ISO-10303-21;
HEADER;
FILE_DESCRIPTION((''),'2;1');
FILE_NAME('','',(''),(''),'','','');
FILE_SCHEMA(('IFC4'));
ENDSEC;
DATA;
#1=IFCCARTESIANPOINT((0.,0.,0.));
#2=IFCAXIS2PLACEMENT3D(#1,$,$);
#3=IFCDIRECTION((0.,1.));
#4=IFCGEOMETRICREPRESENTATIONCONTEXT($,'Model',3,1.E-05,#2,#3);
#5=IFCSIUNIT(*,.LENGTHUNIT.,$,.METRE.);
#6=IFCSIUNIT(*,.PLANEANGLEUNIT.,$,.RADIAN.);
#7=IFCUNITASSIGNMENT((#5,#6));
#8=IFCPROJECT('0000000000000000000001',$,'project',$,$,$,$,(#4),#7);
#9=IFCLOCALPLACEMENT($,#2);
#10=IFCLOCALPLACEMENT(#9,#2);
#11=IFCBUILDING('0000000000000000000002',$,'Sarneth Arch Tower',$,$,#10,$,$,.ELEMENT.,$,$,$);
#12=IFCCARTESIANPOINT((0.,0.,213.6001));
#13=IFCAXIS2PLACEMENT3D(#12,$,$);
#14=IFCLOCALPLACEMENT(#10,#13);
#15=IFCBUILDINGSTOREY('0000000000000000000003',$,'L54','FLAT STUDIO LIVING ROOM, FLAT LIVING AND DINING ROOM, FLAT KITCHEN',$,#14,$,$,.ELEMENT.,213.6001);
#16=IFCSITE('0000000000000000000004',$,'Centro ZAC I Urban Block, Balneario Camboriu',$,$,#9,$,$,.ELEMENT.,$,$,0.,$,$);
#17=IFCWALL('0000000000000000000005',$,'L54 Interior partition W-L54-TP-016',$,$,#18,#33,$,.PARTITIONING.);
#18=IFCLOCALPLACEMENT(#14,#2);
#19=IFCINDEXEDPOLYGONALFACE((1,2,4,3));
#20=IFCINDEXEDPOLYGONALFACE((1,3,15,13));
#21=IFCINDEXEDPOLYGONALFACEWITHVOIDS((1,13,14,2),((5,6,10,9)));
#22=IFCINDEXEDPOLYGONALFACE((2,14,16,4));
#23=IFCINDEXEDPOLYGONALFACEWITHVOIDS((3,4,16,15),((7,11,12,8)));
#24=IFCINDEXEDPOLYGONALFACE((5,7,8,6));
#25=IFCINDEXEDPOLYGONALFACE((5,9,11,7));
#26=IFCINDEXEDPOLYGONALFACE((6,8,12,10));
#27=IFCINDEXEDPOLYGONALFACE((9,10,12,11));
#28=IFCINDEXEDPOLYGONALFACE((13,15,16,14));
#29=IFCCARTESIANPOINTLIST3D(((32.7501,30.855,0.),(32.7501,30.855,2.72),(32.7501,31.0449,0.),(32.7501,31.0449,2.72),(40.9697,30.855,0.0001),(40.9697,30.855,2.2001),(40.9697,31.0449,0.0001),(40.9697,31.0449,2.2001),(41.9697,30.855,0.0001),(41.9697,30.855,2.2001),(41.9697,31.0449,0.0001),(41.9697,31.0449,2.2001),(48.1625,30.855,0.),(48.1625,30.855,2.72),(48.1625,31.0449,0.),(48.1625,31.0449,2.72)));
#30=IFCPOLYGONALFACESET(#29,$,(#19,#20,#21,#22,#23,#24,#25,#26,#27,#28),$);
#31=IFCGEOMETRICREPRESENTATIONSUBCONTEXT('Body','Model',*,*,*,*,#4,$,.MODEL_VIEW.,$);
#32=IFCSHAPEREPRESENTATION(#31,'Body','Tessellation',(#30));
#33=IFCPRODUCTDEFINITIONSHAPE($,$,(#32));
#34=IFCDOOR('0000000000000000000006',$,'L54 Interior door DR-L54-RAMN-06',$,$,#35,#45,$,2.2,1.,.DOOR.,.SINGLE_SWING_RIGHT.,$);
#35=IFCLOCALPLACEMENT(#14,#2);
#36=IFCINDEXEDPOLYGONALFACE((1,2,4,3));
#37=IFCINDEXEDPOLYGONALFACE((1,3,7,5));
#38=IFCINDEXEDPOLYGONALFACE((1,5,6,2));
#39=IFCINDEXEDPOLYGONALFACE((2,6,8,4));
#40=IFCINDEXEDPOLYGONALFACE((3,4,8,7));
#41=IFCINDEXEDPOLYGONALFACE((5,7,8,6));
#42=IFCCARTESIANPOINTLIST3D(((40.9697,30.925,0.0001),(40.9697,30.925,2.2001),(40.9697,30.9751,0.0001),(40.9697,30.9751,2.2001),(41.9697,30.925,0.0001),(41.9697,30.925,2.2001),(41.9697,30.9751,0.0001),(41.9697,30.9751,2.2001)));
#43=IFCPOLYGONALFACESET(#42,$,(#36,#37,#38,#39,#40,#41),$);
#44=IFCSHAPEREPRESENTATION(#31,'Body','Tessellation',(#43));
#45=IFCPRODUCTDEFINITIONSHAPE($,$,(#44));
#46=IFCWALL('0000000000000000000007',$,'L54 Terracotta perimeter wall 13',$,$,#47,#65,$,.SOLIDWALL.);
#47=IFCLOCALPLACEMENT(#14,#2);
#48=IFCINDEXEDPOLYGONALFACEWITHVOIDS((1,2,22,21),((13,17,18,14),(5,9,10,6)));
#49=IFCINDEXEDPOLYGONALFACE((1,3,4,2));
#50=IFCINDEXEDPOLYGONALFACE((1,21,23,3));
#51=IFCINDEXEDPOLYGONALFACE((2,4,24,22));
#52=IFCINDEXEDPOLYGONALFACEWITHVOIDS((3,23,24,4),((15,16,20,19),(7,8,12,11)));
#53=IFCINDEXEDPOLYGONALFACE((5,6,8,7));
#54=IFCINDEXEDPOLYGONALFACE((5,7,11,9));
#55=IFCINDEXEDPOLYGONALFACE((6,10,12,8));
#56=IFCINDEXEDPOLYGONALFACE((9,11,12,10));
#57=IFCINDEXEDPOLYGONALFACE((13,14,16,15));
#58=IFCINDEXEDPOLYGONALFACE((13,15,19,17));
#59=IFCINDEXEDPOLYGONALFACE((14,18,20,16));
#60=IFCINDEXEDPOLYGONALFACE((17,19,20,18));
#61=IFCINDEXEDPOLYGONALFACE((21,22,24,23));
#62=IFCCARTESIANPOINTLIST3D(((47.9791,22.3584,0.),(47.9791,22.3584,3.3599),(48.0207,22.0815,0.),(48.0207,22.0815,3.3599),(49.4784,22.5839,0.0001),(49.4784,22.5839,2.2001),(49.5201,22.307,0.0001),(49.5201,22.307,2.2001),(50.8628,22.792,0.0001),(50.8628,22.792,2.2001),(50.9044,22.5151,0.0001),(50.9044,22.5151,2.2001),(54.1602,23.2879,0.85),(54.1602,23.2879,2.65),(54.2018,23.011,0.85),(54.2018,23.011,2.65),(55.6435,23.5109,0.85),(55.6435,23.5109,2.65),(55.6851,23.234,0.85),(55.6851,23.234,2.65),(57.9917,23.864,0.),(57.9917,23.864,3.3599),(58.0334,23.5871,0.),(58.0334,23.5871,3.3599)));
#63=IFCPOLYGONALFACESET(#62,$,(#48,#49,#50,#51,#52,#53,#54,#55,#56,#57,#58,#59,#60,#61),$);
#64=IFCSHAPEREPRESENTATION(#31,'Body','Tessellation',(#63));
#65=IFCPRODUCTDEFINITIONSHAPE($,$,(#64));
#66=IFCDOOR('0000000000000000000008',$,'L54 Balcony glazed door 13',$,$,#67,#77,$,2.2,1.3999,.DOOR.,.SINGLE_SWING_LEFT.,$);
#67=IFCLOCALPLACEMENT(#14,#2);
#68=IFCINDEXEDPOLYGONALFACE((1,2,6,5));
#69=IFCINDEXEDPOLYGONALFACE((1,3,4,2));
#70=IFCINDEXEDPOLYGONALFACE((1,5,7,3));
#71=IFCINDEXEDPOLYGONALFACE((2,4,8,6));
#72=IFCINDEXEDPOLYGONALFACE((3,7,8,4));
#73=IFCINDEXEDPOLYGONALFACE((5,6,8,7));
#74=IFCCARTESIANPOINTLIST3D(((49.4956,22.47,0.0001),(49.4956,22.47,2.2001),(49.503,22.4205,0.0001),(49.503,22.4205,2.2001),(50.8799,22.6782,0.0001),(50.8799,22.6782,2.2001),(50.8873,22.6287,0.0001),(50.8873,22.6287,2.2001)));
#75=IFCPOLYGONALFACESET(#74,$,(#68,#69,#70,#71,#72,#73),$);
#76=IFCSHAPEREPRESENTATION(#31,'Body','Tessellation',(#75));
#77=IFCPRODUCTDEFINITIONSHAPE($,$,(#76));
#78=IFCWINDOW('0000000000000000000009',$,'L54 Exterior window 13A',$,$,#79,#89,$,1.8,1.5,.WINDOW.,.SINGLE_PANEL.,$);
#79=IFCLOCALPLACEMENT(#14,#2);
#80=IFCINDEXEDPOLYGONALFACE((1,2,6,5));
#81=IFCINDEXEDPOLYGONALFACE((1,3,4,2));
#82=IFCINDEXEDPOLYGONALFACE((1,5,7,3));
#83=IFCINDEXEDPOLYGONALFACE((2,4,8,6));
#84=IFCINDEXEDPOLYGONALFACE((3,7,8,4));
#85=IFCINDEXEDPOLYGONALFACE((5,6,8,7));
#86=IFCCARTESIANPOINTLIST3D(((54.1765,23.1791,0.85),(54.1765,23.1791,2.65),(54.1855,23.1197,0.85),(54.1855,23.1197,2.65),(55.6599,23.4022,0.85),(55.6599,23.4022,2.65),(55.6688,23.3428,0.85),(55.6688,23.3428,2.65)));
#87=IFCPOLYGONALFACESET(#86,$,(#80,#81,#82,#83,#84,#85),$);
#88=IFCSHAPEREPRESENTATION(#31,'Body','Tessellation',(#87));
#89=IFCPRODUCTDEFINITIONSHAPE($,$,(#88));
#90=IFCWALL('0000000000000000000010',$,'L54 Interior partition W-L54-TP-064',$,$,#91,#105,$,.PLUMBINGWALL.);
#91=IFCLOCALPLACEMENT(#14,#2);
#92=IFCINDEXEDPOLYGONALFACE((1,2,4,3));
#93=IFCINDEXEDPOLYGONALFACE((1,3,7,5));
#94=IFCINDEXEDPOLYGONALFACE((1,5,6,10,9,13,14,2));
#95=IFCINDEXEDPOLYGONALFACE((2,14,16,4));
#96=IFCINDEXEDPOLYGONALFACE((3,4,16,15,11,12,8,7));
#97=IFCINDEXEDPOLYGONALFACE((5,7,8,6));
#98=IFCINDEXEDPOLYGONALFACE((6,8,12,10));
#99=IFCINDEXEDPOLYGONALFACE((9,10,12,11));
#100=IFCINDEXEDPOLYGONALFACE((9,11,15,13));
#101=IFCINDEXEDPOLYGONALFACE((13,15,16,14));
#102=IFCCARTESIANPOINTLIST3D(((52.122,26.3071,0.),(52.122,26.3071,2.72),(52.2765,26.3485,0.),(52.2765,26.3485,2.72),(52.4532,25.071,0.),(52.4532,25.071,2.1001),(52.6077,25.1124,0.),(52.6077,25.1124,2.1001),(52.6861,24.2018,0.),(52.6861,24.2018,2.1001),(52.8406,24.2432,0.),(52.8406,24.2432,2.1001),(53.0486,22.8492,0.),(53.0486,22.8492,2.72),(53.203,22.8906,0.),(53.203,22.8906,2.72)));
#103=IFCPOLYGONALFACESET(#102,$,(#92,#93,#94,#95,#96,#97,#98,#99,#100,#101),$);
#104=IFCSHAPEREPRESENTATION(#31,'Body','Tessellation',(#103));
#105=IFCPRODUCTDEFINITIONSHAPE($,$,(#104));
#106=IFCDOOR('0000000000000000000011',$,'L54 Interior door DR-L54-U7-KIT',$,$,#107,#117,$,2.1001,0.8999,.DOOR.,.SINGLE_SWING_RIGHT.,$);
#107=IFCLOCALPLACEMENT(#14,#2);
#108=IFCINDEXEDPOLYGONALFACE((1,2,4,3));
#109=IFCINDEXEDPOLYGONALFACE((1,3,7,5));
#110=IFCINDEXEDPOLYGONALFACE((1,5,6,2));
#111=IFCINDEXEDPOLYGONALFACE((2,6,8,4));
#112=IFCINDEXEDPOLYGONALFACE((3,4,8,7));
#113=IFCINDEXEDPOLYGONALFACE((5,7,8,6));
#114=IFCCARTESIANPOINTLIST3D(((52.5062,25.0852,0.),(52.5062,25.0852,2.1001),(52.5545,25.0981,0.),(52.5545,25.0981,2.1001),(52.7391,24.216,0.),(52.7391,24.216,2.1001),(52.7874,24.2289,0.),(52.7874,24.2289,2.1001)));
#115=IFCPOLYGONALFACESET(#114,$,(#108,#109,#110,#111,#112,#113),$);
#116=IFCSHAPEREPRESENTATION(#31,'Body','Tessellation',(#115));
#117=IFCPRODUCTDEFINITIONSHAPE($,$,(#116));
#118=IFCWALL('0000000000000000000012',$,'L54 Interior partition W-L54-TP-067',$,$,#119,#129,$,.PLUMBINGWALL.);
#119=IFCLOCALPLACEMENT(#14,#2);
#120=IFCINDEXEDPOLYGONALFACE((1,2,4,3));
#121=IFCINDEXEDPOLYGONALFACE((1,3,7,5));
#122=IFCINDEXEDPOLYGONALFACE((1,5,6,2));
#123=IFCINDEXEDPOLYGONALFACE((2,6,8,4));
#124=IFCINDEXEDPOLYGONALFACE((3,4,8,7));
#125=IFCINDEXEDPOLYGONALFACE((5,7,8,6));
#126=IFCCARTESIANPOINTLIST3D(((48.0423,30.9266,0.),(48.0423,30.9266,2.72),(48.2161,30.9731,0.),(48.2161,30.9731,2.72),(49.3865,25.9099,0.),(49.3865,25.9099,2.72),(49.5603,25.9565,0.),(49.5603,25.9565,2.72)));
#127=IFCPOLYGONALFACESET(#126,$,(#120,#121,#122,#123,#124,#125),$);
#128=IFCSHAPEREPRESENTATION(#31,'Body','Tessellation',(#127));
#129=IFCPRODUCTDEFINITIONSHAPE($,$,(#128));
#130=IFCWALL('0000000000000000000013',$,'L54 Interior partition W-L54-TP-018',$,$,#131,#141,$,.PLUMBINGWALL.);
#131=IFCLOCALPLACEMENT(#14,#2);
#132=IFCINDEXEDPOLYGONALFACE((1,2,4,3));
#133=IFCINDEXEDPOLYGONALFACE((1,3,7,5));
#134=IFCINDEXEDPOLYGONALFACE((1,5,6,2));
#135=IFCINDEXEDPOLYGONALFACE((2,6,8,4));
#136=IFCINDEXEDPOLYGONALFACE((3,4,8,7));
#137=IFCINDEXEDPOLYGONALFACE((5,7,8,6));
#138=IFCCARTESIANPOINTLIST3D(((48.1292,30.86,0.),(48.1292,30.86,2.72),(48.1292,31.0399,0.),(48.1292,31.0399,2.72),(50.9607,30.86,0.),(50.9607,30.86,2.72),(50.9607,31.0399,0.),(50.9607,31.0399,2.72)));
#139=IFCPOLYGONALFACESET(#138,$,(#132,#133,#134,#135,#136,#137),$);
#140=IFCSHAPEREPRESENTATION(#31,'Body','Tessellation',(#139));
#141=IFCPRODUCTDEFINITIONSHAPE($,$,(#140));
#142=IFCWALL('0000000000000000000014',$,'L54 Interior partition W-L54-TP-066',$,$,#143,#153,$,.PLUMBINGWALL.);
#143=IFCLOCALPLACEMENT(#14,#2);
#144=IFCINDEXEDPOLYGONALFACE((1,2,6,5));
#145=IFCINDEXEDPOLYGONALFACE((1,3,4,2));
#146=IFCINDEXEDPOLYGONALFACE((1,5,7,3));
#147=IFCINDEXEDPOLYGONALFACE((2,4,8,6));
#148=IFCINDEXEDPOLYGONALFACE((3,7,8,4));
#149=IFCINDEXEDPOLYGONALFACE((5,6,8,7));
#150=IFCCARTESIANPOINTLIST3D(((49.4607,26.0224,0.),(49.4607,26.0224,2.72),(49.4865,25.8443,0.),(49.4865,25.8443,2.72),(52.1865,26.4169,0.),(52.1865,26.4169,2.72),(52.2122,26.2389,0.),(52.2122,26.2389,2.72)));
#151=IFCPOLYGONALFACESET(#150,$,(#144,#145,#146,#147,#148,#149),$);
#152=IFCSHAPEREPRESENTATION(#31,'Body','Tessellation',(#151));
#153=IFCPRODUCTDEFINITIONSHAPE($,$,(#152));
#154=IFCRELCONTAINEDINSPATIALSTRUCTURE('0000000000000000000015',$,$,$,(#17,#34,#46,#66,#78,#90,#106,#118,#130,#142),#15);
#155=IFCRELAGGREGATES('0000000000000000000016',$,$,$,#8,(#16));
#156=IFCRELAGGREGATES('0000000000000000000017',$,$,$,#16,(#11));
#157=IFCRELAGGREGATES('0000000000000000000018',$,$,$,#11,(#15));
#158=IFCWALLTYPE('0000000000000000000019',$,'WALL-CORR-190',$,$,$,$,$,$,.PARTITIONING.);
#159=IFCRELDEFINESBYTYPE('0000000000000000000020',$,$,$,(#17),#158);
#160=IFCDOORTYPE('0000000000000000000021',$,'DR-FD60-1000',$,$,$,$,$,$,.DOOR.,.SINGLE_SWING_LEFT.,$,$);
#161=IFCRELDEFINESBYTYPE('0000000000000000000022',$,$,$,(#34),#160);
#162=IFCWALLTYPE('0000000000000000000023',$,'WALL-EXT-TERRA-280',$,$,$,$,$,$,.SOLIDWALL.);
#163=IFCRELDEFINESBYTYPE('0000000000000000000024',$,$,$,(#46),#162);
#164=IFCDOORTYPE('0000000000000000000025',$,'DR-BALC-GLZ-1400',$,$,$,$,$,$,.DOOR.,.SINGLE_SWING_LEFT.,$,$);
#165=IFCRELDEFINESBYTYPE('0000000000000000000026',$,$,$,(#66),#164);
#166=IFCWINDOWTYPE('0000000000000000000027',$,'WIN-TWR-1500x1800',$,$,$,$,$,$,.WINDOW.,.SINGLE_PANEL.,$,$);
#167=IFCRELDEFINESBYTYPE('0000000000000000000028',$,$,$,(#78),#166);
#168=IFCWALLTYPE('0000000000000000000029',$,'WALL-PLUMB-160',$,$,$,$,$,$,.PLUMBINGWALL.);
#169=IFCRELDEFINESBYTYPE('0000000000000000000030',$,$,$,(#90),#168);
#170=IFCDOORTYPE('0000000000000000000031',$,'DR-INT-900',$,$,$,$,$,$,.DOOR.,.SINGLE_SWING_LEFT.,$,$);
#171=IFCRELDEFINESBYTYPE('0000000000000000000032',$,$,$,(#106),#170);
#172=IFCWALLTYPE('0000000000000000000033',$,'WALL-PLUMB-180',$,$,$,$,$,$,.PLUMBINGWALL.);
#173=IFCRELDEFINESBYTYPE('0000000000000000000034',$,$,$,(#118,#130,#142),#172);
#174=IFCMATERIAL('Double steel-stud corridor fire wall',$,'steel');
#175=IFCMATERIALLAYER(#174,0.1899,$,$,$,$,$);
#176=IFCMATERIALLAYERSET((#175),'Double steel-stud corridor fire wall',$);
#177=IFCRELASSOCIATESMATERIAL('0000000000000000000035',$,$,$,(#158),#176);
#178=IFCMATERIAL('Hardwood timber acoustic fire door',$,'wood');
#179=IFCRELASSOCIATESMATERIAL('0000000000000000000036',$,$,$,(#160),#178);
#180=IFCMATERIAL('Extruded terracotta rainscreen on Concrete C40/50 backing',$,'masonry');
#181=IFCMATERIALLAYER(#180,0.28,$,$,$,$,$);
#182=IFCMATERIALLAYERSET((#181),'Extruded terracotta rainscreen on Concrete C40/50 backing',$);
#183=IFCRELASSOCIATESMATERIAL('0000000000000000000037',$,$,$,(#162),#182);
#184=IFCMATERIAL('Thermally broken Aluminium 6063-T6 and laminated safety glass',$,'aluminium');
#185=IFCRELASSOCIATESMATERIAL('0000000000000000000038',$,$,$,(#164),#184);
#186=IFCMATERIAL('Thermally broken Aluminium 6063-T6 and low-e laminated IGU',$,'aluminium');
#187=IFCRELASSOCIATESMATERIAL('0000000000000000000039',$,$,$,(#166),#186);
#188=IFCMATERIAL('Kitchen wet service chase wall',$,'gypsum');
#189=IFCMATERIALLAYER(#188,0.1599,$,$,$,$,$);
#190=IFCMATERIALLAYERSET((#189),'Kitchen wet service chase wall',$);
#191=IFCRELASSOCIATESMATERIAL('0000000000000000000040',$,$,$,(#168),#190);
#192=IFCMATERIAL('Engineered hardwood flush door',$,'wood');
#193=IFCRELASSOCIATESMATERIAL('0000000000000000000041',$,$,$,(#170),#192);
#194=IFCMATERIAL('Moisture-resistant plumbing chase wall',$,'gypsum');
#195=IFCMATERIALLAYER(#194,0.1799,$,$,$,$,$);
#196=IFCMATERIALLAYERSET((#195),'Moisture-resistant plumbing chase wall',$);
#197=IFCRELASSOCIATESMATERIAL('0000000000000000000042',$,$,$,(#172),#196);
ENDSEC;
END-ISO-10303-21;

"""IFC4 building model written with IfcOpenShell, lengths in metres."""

from ifc_helpers import new_model, si_unit, direction, frame, frame_2d, origin, place, context, subcontext, project, spatial, rectangle, extrude, material, layer, layer_set, type_object, element, fill, save


model = new_model("IFC4")

# Units and contexts
model_context = context("Model", 3, precision=1e-05, world=origin(), true_north=direction((0.0, 1.0)))
body_context = subcontext(model_context, "Body", "Model", "MODEL_VIEW")
ifc_project = project(units=[si_unit("LENGTHUNIT", "METRE"), si_unit("PLANEANGLEUNIT", "RADIAN")], contexts=[model_context])

# Site, building, storey
site_placement = place(None, origin())
site = spatial("IfcSite", under=ifc_project, at=site_placement, Name="Centro ZAC I Urban Block, Balneario Camboriu", CompositionType="ELEMENT", RefElevation=0.0)
building_placement = place(site_placement, origin())
building = spatial("IfcBuilding", under=site, at=building_placement, Name="Sarneth Arch Tower", CompositionType="ELEMENT")
storey_placement = place(building_placement, frame((0.0, 0.0, 213.6001)))
storey = spatial("IfcBuildingStorey", under=building, at=storey_placement, Name="L54", Description="FLAT STUDIO LIVING ROOM, FLAT LIVING AND DINING ROOM, FLAT KITCHEN", CompositionType="ELEMENT", Elevation=213.6001)

# Wall, opening, door
ifc_material_1 = material(Name="Double steel-stud corridor fire wall", Category="steel")
ifc_layer_1 = layer(ifc_material_1, 0.1899)
ifc_layer_set_1 = layer_set([ifc_layer_1], Name="Double steel-stud corridor fire wall")
wall_type_1 = type_object("IfcWallType", Name="WALL-CORR-190", PredefinedType="PARTITIONING", material=ifc_layer_set_1)
wall_1_placement = place(storey_placement, frame((48.1624, 30.95, 0.0), z_axis=(0.0, 0.0, 1.0), x_axis=(-1.0, 0.0, 0.0)))
wall_1 = element("IfcWall", 1, at=wall_1_placement, inside=storey, type_object=wall_type_1, Name="L54 Interior partition W-L54-TP-016", PredefinedType="PARTITIONING", context=body_context, shape_type="SweptSolid", body=[
    extrude(rectangle(XDim=15.4124, YDim=0.1899, at=frame_2d((7.7061, 0.0))), origin(), (0.0, 0.0, 1.0), 2.72),
])
opening_1_placement = place(wall_1_placement, frame((6.1926, 0.0, 0.0)))
opening_1 = element("IfcOpeningElement", 2, at=opening_1_placement, cuts=wall_1, PredefinedType="OPENING", context=body_context, shape_type="SweptSolid", body=[
    extrude(rectangle(XDim=1.0, YDim=2.2, at=frame_2d((0.5, 1.1001))), frame((0.0, 0.105, 0.0), z_axis=(0.0, -1.0, 0.0), x_axis=(1.0, 0.0, 0.0)), (0.0, 0.0, 1.0), 0.21),
])
ifc_material_2 = material(Name="Hardwood timber acoustic fire door", Category="wood")
door_type_1 = type_object("IfcDoorType", Name="DR-FD60-1000", OperationType="SINGLE_SWING_LEFT", PredefinedType="DOOR", material=ifc_material_2)
door_1_placement = place(opening_1_placement, origin())
door_1 = element("IfcDoor", 3, at=door_1_placement, inside=storey, type_object=door_type_1, Name="L54 Interior door DR-L54-RAMN-06", OperationType="SINGLE_SWING_RIGHT", OverallHeight=2.2, OverallWidth=1.0, PredefinedType="DOOR", context=body_context, shape_type="SweptSolid", body=[
    extrude(rectangle(XDim=1.0, YDim=2.2, at=frame_2d((0.5, 1.1001))), frame((0.0, 0.0249, 0.0), z_axis=(0.0, -1.0, 0.0), x_axis=(1.0, 0.0, 0.0)), (0.0, 0.0, 1.0), 0.05),
])
fill(opening_1, door_1)

# Wall, openings, door, window
ifc_material_3 = material(Name="Extruded terracotta rainscreen on Concrete C40/50 backing", Category="masonry")
ifc_layer_2 = layer(ifc_material_3, 0.28)
ifc_layer_set_2 = layer_set([ifc_layer_2], Name="Extruded terracotta rainscreen on Concrete C40/50 backing")
wall_type_2 = type_object("IfcWallType", Name="WALL-EXT-TERRA-280", PredefinedType="SOLIDWALL", material=ifc_layer_set_2)
wall_2_placement = place(storey_placement, frame((48.0, 22.22, 0.0), z_axis=(0.0, 0.0, 1.0), x_axis=(0.988883, 0.148699, 0.0)))
wall_2 = element("IfcWall", 4, at=wall_2_placement, inside=storey, type_object=wall_type_2, Name="L54 Terracotta perimeter wall 13", PredefinedType="SOLIDWALL", context=body_context, shape_type="SweptSolid", body=[
    extrude(rectangle(XDim=10.1252, YDim=0.28, at=frame_2d((5.0625, 0.0))), origin(), (0.0, 0.0, 1.0), 3.3599),
])
opening_2_placement = place(wall_2_placement, frame((1.5161, 0.0, 0.0)))
opening_2 = element("IfcOpeningElement", 5, at=opening_2_placement, cuts=wall_2, PredefinedType="OPENING", context=body_context, shape_type="SweptSolid", body=[
    extrude(rectangle(XDim=1.3999, YDim=2.2, at=frame_2d((0.7, 1.1001))), frame((0.0, 0.1499, 0.0), z_axis=(0.0, -1.0, 0.0), x_axis=(1.0, 0.0, 0.0)), (0.0, 0.0, 1.0), 0.3),
])
opening_3_placement = place(wall_2_placement, frame((6.2505, 0.0, 0.8501)))
opening_3 = element("IfcOpeningElement", 6, at=opening_3_placement, cuts=wall_2, PredefinedType="OPENING", context=body_context, shape_type="SweptSolid", body=[
    extrude(rectangle(XDim=1.5, YDim=1.8, at=frame_2d((0.75, 0.8999))), frame((0.0, 0.1499, 0.0), z_axis=(0.0, -1.0, 0.0), x_axis=(1.0, 0.0, 0.0)), (0.0, 0.0, 1.0), 0.3),
])
ifc_material_4 = material(Name="Thermally broken Aluminium 6063-T6 and laminated safety glass", Category="aluminium")
door_type_2 = type_object("IfcDoorType", Name="DR-BALC-GLZ-1400", OperationType="SINGLE_SWING_LEFT", PredefinedType="DOOR", material=ifc_material_4)
door_2_placement = place(opening_2_placement, origin())
door_2 = element("IfcDoor", 7, at=door_2_placement, inside=storey, type_object=door_type_2, Name="L54 Balcony glazed door 13", OperationType="SINGLE_SWING_LEFT", OverallHeight=2.2, OverallWidth=1.3999, PredefinedType="DOOR", context=body_context, shape_type="SweptSolid", body=[
    extrude(rectangle(XDim=1.3999, YDim=2.2, at=frame_2d((0.7, 1.1001))), frame((0.0, 0.0249, 0.0), z_axis=(0.0, -1.0, 0.0), x_axis=(1.0, 0.0, 0.0)), (0.0, 0.0, 1.0), 0.05),
])
fill(opening_2, door_2)
ifc_material_5 = material(Name="Thermally broken Aluminium 6063-T6 and low-e laminated IGU", Category="aluminium")
window_type = type_object("IfcWindowType", Name="WIN-TWR-1500x1800", PartitioningType="SINGLE_PANEL", PredefinedType="WINDOW", material=ifc_material_5)
window_placement = place(opening_3_placement, origin())
window = element("IfcWindow", 8, at=window_placement, inside=storey, type_object=window_type, Name="L54 Exterior window 13A", OverallHeight=1.8, OverallWidth=1.5, PartitioningType="SINGLE_PANEL", PredefinedType="WINDOW", context=body_context, shape_type="SweptSolid", body=[
    extrude(rectangle(XDim=1.5, YDim=1.8, at=frame_2d((0.75, 0.8999))), frame((0.0, 0.03, 0.0), z_axis=(0.0, -1.0, 0.0), x_axis=(1.0, 0.0, 0.0)), (0.0, 0.0, 1.0), 0.0601),
])
fill(opening_3, window)

# Wall, opening, door
ifc_material_6 = material(Name="Kitchen wet service chase wall", Category="gypsum")
ifc_layer_3 = layer(ifc_material_6, 0.1599)
ifc_layer_set_3 = layer_set([ifc_layer_3], Name="Kitchen wet service chase wall")
wall_type_3 = type_object("IfcWallType", Name="WALL-PLUMB-160", PredefinedType="PLUMBINGWALL", material=ifc_layer_set_3)
wall_3_placement = place(storey_placement, frame((52.1992, 26.3279, 0.0), z_axis=(0.0, 0.0, 1.0), x_axis=(0.258821, -0.965925, 0.0)))
wall_3 = element("IfcWall", 9, at=wall_3_placement, inside=storey, type_object=wall_type_3, Name="L54 Interior partition W-L54-TP-064", PredefinedType="PLUMBINGWALL", context=body_context, shape_type="SweptSolid", body=[
    extrude(rectangle(XDim=3.5798, YDim=0.1599, at=frame_2d((1.79, 0.0))), origin(), (0.0, 0.0, 1.0), 2.72),
])
opening_4_placement = place(wall_3_placement, frame((1.2798, 0.0, 0.0)))
opening_4 = element("IfcOpeningElement", 10, at=opening_4_placement, cuts=wall_3, PredefinedType="OPENING", context=body_context, shape_type="SweptSolid", body=[
    extrude(rectangle(XDim=0.8999, YDim=2.1001, at=frame_2d((0.45, 1.05))), frame((0.0, 0.0898, 0.0), z_axis=(0.0, -1.0, 0.0), x_axis=(1.0, 0.0, 0.0)), (0.0, 0.0, 1.0), 0.1799),
])
ifc_material_7 = material(Name="Engineered hardwood flush door", Category="wood")
door_type_3 = type_object("IfcDoorType", Name="DR-INT-900", OperationType="SINGLE_SWING_LEFT", PredefinedType="DOOR", material=ifc_material_7)
door_3_placement = place(opening_4_placement, origin())
door_3 = element("IfcDoor", 11, at=door_3_placement, inside=storey, type_object=door_type_3, Name="L54 Interior door DR-L54-U7-KIT", OperationType="SINGLE_SWING_RIGHT", OverallHeight=2.1001, OverallWidth=0.8999, PredefinedType="DOOR", context=body_context, shape_type="SweptSolid", body=[
    extrude(rectangle(XDim=0.8999, YDim=2.1001, at=frame_2d((0.45, 1.05))), frame((0.0, 0.0249, 0.0), z_axis=(0.0, -1.0, 0.0), x_axis=(1.0, 0.0, 0.0)), (0.0, 0.0, 1.0), 0.05),
])
fill(opening_4, door_3)

# Walls
ifc_material_8 = material(Name="Moisture-resistant plumbing chase wall", Category="gypsum")
ifc_layer_4 = layer(ifc_material_8, 0.1799)
ifc_layer_set_4 = layer_set([ifc_layer_4], Name="Moisture-resistant plumbing chase wall")
wall_type_4 = type_object("IfcWallType", Name="WALL-PLUMB-180", PredefinedType="PLUMBINGWALL", material=ifc_layer_set_4)
wall_4_placement = place(storey_placement, frame((49.4734, 25.9333, 0.0), z_axis=(0.0, 0.0, 1.0), x_axis=(-0.258827, 0.965924, 0.0)))
element("IfcWall", 12, at=wall_4_placement, inside=storey, type_object=wall_type_4, Name="L54 Interior partition W-L54-TP-067", PredefinedType="PLUMBINGWALL", context=body_context, shape_type="SweptSolid", body=[
    extrude(rectangle(XDim=5.1936, YDim=0.1799, at=frame_2d((2.5967, 0.0))), origin(), (0.0, 0.0, 1.0), 2.72),
])
wall_5_placement = place(storey_placement, frame((48.1292, 30.95, 0.0), z_axis=(0.0, 0.0, 1.0), x_axis=(1.0, 0.0, 0.0)))
element("IfcWall", 13, at=wall_5_placement, inside=storey, type_object=wall_type_4, Name="L54 Interior partition W-L54-TP-018", PredefinedType="PLUMBINGWALL", context=body_context, shape_type="SweptSolid", body=[
    extrude(rectangle(XDim=2.8315, YDim=0.1799, at=frame_2d((1.4158, 0.0))), origin(), (0.0, 0.0, 1.0), 2.72),
])
wall_6_placement = place(storey_placement, frame((52.1992, 26.3279, 0.0), z_axis=(0.0, 0.0, 1.0), x_axis=(-0.989687, -0.143245, 0.0)))
element("IfcWall", 14, at=wall_6_placement, inside=storey, type_object=wall_type_4, Name="L54 Interior partition W-L54-TP-066", PredefinedType="PLUMBINGWALL", context=body_context, shape_type="SweptSolid", body=[
    extrude(rectangle(XDim=2.7542, YDim=0.1799, at=frame_2d((1.377, 0.0))), origin(), (0.0, 0.0, 1.0), 2.72),
])

save(model, "model.ifc")
